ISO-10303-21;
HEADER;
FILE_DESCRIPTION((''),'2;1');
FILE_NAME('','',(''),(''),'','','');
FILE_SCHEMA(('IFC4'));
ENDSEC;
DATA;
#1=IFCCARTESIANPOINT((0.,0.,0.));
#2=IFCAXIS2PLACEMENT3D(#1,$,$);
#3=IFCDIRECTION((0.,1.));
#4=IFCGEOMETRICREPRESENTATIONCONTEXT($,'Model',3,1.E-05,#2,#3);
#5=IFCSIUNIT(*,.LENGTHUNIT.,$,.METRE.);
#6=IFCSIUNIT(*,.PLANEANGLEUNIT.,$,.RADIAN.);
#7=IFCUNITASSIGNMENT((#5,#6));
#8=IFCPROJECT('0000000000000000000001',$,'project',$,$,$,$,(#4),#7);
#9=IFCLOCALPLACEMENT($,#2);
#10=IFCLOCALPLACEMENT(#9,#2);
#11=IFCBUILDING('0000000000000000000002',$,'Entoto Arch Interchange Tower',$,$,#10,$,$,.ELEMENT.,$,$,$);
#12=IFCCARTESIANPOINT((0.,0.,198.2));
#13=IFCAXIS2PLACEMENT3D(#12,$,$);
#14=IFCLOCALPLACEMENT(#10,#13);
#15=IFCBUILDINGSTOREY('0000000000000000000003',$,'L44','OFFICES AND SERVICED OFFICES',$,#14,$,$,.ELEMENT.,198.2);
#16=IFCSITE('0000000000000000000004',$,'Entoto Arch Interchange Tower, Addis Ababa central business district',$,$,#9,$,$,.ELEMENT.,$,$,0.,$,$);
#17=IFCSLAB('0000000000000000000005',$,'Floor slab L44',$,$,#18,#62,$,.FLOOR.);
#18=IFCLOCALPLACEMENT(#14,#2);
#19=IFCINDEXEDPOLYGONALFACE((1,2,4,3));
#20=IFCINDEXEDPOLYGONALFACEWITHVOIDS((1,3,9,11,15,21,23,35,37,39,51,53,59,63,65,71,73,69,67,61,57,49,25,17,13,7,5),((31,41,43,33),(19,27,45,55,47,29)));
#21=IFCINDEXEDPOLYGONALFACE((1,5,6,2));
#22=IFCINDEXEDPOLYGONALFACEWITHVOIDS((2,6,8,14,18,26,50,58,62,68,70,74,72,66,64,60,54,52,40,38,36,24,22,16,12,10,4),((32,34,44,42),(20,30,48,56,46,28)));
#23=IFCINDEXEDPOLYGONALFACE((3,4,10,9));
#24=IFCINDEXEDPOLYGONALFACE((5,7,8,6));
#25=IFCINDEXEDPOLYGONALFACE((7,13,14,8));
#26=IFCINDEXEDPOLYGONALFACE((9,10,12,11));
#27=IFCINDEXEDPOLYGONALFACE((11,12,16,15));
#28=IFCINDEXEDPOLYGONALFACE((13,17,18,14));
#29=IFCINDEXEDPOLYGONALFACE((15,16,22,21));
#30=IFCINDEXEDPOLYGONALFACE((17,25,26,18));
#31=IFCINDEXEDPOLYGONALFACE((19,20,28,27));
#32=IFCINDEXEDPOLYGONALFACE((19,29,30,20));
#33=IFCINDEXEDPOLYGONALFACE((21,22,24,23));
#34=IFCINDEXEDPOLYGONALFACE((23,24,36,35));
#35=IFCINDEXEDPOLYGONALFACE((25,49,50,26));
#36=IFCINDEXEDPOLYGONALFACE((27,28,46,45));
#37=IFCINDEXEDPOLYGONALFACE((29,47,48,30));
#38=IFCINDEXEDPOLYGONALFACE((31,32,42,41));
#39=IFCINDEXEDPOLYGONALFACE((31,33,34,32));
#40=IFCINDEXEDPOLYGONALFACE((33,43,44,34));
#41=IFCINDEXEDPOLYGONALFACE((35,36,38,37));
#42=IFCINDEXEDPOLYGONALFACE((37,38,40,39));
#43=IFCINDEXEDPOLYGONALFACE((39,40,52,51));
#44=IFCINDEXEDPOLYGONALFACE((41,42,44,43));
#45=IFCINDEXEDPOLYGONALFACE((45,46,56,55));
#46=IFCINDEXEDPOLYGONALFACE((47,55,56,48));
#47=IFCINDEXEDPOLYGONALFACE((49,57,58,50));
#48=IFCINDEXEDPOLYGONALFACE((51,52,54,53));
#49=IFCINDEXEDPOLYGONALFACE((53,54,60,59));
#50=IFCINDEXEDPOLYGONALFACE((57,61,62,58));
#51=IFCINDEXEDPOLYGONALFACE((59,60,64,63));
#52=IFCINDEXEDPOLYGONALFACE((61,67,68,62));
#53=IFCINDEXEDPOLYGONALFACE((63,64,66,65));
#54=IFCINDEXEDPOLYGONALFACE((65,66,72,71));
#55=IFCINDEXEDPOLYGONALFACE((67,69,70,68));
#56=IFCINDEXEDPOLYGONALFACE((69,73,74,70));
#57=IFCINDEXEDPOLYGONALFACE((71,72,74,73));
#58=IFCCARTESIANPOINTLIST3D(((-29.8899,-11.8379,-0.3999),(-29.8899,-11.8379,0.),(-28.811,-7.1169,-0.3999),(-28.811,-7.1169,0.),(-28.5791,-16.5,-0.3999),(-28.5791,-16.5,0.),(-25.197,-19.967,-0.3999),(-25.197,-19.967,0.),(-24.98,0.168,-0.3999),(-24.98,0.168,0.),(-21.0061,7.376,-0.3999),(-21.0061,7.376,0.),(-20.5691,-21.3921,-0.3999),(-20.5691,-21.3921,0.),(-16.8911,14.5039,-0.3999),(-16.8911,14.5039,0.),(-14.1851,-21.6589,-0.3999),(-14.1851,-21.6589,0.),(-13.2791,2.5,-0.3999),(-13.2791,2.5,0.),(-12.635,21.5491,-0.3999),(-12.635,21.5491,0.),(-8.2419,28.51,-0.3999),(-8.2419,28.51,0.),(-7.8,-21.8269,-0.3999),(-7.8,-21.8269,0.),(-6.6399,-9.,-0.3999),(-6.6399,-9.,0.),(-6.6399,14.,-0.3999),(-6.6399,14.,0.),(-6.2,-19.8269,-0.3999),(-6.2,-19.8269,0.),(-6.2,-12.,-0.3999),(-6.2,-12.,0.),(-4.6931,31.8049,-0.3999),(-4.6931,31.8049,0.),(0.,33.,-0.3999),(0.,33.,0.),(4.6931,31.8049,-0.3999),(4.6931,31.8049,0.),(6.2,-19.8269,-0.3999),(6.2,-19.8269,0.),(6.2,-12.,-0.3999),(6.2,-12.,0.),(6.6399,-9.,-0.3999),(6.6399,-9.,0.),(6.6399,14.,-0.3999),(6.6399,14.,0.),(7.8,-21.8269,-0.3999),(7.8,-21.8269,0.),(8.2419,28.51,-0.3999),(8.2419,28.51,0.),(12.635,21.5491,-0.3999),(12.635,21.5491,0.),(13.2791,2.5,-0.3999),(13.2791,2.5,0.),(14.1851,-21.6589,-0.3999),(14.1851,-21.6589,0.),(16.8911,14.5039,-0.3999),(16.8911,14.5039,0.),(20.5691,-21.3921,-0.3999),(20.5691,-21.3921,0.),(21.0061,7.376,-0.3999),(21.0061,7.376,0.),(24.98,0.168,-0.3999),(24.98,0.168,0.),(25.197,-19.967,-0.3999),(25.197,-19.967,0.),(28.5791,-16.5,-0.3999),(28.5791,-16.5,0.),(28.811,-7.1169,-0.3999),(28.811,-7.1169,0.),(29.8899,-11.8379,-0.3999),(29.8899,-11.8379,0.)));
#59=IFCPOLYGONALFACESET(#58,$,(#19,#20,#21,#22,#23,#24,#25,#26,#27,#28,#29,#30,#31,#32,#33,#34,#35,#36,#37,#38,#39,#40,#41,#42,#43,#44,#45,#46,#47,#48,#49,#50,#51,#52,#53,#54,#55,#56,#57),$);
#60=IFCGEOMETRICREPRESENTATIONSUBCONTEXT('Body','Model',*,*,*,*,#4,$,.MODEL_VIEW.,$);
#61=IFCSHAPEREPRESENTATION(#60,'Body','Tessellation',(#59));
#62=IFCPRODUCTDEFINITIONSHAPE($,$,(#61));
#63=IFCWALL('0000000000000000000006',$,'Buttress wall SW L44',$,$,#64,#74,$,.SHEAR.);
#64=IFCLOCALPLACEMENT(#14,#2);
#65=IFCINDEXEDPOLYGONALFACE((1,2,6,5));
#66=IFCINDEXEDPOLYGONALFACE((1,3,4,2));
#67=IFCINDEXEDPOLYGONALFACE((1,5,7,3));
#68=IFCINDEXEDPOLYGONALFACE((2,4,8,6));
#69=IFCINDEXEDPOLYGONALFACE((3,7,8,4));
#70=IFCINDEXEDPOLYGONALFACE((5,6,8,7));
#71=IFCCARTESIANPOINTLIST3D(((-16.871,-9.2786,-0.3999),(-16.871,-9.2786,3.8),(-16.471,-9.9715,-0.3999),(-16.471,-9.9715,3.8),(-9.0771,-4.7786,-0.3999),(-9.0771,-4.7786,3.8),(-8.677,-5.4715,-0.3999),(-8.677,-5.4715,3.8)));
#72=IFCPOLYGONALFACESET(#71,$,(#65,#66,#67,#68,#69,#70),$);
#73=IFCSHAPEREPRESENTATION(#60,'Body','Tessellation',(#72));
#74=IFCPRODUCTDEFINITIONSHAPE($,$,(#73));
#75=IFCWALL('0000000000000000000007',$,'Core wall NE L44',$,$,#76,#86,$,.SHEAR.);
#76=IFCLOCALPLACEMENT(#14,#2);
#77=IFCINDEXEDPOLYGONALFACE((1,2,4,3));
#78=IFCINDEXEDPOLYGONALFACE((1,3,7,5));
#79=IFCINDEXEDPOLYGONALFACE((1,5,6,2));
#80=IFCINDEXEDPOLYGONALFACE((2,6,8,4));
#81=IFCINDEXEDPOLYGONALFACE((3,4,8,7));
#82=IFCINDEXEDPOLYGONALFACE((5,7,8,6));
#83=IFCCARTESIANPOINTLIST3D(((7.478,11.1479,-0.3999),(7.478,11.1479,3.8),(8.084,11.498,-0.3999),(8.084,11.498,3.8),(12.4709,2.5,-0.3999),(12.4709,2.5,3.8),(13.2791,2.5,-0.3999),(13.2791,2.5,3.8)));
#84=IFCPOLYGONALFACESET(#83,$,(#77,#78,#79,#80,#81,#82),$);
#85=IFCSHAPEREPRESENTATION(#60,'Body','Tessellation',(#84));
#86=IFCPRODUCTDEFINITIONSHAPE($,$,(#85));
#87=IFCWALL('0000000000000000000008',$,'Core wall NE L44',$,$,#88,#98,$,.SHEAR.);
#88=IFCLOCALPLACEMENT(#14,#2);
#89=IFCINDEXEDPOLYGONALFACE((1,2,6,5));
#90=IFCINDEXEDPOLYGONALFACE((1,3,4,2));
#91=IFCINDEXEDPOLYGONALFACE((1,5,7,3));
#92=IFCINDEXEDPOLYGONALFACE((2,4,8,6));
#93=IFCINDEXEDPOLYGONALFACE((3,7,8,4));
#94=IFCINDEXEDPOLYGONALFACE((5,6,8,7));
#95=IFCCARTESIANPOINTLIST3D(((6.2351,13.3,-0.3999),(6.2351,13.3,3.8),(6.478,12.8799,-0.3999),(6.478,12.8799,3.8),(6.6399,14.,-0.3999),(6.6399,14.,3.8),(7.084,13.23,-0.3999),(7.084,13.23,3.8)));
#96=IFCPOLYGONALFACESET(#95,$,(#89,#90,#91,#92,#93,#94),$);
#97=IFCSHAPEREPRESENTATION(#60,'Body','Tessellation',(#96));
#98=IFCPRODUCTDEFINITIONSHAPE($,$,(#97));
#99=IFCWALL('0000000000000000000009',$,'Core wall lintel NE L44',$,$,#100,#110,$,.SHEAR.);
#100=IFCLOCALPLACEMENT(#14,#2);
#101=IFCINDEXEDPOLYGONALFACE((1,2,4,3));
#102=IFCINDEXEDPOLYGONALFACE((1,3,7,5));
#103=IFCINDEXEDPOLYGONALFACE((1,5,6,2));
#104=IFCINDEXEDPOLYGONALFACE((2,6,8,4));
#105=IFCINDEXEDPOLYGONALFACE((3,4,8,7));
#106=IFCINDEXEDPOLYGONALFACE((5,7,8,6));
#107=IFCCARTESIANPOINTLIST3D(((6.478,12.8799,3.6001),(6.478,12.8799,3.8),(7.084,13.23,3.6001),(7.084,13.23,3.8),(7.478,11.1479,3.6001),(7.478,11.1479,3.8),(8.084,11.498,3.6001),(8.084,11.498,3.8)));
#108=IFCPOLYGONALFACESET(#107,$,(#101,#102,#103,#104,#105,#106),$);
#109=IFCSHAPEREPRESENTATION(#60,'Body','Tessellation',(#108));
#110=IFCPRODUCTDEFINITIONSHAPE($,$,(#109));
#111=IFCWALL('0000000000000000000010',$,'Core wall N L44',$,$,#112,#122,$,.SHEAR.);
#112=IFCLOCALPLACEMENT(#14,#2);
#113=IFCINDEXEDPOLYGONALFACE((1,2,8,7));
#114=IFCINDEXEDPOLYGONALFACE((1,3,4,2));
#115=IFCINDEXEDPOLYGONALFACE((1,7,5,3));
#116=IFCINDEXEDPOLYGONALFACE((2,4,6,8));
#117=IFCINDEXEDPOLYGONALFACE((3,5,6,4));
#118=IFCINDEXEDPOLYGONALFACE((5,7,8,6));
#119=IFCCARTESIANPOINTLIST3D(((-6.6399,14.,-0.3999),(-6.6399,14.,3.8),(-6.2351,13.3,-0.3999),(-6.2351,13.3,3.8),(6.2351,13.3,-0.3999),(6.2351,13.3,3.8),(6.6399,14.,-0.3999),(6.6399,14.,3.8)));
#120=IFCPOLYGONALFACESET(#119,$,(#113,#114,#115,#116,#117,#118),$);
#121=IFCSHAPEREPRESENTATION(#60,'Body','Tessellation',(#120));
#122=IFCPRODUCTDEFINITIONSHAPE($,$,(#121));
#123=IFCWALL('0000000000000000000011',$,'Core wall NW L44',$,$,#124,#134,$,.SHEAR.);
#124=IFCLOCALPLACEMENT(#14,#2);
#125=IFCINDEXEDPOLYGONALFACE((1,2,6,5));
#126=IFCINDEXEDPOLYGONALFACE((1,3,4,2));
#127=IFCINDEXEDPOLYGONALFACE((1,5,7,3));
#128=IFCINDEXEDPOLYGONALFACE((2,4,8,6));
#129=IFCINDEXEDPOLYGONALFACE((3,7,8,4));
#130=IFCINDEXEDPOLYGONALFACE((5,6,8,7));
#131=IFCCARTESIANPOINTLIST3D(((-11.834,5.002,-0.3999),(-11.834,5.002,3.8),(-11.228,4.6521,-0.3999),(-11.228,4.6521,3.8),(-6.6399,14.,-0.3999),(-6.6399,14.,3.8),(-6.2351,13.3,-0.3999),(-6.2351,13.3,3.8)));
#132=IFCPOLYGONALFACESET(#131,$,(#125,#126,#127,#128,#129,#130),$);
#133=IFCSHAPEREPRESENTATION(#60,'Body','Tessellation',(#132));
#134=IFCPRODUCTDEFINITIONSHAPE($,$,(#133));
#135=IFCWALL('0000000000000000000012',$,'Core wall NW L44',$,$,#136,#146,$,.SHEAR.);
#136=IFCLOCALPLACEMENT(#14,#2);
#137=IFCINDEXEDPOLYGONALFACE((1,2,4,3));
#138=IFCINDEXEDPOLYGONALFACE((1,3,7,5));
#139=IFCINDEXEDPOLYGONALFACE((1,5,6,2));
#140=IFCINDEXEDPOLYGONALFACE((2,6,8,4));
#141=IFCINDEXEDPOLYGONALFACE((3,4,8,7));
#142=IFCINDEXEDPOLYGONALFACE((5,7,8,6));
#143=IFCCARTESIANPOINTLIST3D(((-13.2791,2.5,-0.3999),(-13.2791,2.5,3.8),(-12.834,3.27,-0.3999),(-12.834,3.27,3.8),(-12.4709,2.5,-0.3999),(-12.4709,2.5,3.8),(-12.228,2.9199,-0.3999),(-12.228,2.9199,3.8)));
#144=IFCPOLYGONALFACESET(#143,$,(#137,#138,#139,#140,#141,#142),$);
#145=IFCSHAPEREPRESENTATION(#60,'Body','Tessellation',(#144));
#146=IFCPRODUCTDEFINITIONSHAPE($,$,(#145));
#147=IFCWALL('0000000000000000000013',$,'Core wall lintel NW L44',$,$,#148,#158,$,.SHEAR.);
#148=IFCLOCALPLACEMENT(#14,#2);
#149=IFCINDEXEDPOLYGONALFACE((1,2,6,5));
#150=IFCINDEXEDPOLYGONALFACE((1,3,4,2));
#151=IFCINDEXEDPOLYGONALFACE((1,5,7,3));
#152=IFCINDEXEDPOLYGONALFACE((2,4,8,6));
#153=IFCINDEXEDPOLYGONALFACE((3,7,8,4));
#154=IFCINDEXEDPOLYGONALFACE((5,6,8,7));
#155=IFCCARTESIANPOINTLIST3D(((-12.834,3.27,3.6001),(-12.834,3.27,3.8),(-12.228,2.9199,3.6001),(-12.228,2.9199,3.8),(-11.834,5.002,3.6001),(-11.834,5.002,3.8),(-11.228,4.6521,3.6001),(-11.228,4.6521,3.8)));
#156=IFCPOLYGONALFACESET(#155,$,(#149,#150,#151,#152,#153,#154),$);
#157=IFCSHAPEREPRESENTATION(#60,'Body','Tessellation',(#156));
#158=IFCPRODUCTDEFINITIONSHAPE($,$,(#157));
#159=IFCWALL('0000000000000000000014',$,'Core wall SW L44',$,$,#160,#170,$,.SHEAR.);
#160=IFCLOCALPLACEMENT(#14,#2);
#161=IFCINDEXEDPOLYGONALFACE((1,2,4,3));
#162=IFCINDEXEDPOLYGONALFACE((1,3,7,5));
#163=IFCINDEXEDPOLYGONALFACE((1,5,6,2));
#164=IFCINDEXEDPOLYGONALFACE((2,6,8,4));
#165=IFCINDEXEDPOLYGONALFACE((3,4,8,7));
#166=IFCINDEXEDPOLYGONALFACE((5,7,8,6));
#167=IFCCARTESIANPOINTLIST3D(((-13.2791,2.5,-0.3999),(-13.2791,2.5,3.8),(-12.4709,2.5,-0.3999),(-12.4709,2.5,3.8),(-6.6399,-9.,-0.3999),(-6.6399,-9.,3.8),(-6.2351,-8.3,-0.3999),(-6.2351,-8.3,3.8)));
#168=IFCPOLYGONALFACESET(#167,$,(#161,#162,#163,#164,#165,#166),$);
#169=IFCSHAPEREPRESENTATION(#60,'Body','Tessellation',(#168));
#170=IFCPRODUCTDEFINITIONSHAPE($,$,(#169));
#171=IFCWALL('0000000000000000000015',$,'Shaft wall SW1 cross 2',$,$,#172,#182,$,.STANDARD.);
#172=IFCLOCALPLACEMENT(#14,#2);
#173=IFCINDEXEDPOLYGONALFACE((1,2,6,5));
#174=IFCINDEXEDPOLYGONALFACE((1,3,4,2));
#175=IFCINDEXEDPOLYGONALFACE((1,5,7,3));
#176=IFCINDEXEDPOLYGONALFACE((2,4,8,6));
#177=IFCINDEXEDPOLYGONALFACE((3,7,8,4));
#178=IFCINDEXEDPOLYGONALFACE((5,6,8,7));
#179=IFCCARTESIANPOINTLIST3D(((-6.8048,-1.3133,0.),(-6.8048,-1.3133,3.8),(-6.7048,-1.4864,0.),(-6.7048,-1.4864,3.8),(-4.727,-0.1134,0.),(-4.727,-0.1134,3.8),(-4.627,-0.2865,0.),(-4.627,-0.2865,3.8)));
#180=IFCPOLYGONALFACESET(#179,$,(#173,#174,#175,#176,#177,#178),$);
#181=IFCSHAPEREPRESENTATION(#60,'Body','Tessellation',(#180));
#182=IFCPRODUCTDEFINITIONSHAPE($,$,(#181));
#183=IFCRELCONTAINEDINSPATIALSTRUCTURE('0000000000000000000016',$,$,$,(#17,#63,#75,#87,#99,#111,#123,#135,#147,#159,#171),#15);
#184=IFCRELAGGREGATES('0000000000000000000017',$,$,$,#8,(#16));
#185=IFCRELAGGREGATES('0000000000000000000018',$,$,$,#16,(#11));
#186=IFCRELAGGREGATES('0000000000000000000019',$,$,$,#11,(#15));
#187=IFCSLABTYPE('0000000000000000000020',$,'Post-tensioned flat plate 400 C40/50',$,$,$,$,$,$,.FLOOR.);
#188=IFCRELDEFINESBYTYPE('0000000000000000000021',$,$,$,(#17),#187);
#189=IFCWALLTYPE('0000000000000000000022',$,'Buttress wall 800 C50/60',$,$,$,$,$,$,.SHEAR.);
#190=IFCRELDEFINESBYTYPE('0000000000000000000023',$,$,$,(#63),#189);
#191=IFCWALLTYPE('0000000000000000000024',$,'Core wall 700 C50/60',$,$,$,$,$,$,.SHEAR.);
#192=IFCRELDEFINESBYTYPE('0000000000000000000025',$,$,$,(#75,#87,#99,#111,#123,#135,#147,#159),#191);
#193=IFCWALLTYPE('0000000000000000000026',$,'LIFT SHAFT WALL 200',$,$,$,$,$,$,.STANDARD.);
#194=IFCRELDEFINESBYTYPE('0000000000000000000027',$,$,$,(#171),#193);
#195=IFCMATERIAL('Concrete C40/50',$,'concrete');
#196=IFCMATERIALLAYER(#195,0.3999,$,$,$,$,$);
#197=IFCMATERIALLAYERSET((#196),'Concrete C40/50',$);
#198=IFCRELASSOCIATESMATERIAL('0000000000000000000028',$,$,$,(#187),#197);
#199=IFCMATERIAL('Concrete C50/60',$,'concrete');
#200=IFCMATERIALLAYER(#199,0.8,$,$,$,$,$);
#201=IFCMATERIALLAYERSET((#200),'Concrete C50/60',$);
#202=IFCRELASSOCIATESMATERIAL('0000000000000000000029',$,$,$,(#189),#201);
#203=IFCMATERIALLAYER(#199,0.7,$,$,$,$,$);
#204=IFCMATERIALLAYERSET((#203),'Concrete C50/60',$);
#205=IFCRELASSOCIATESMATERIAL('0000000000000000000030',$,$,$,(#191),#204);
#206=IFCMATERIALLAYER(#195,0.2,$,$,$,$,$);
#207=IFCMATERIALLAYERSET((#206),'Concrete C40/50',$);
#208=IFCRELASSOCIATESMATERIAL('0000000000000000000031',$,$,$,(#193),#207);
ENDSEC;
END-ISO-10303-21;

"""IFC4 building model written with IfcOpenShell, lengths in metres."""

from ifc_helpers import new_model, si_unit, direction, frame, frame_2d, origin, place, context, subcontext, project, spatial, polyline, rectangle, outline, extrude, material, layer, layer_set, type_object, element, save


model = new_model("IFC4")

# Units and contexts
model_context = context("Model", 3, precision=1e-05, world=origin(), true_north=direction((0.0, 1.0)))
body_context = subcontext(model_context, "Body", "Model", "MODEL_VIEW")
ifc_project = project(units=[si_unit("LENGTHUNIT", "METRE"), si_unit("PLANEANGLEUNIT", "RADIAN")], contexts=[model_context])

# Site, building, storey
site_placement = place(None, origin())
site = spatial("IfcSite", under=ifc_project, at=site_placement, Name="Entoto Arch Interchange Tower, Addis Ababa central business district", CompositionType="ELEMENT", RefElevation=0.0)
building_placement = place(site_placement, origin())
building = spatial("IfcBuilding", under=site, at=building_placement, Name="Entoto Arch Interchange Tower", CompositionType="ELEMENT")
storey_placement = place(building_placement, frame((0.0, 0.0, 198.2)))
storey = spatial("IfcBuildingStorey", under=building, at=storey_placement, Name="L44", Description="OFFICES AND SERVICED OFFICES", CompositionType="ELEMENT", Elevation=198.2)

# Slab
ifc_material_1 = material(Name="Concrete C40/50", Category="concrete")
ifc_layer_1 = layer(ifc_material_1, 0.3999)
ifc_layer_set_1 = layer_set([ifc_layer_1], Name="Concrete C40/50")
slab_type = type_object("IfcSlabType", Name="Post-tensioned flat plate 400 C40/50", PredefinedType="FLOOR", material=ifc_layer_set_1)
slab_placement = place(storey_placement, frame((0.0, 0.0, -0.3999)))
element("IfcSlab", 1, at=slab_placement, inside=storey, type_object=slab_type, Name="Floor slab L44", PredefinedType="FLOOR", context=body_context, shape_type="SweptSolid", body=[
    extrude(outline(polyline([(-20.5691, -21.3921), (-14.1851, -21.6589), (-7.8, -21.8269), (7.8, -21.8269), (14.1851, -21.6589), (20.5691, -21.3921), (25.197, -19.967), (28.5791, -16.5), (29.8899, -11.8379), (28.811, -7.1169), (24.98, 0.168), (21.0061, 7.376), (16.8911, 14.5039), (12.635, 21.5491), (8.2419, 28.51), (4.6931, 31.8049), (0.0, 33.0), (-4.6931, 31.8049), (-8.2419, 28.51), (-12.635, 21.5491), (-16.8911, 14.5039), (-21.0061, 7.376), (-24.98, 0.168), (-28.811, -7.1169), (-29.8899, -11.8379), (-28.5791, -16.5), (-25.197, -19.967), (-20.5691, -21.3921)]), holes=[polyline([(6.2, -19.8269), (6.2, -12.0), (-6.2, -12.0), (-6.2, -19.8269), (6.2, -19.8269)]), polyline([(13.2791, 2.5), (6.6399, 14.0), (-6.6399, 14.0), (-13.2791, 2.5), (-6.6399, -9.0), (6.6399, -9.0), (13.2791, 2.5)])]), origin(), (0.0, 0.0, 1.0), 0.3999),
])

# Walls
ifc_material_2 = material(Name="Concrete C50/60", Category="concrete")
ifc_layer_2 = layer(ifc_material_2, 0.8)
ifc_layer_set_2 = layer_set([ifc_layer_2], Name="Concrete C50/60")
wall_type_1 = type_object("IfcWallType", Name="Buttress wall 800 C50/60", PredefinedType="SHEAR", material=ifc_layer_set_2)
wall_1_placement = place(storey_placement, frame((-8.877, -5.125, -0.3999), z_axis=(0.0, 0.0, 1.0), x_axis=(-0.866018, -0.500014, 0.0)))
element("IfcWall", 2, at=wall_1_placement, inside=storey, type_object=wall_type_1, Name="Buttress wall SW L44", PredefinedType="SHEAR", context=body_context, shape_type="SweptSolid", body=[
    extrude(rectangle(XDim=8.9998, YDim=0.8, at=frame_2d((4.5, 0.0))), origin(), (0.0, 0.0, 1.0), 4.2),
])
ifc_layer_3 = layer(ifc_material_2, 0.7)
ifc_layer_set_3 = layer_set([ifc_layer_3], Name="Concrete C50/60")
wall_type_2 = type_object("IfcWallType", Name="Core wall 700 C50/60", PredefinedType="SHEAR", material=ifc_layer_set_3)
wall_2_placement = place(storey_placement, frame((0.0, 0.0, -0.3999)))
element("IfcWall", 3, at=wall_2_placement, inside=storey, type_object=wall_type_2, Name="Core wall NE L44", PredefinedType="SHEAR", context=body_context, shape_type="SweptSolid", body=[
    extrude(outline(polyline([(8.084, 11.498), (7.478, 11.1479), (12.4709, 2.5), (13.2791, 2.5), (8.084, 11.498)])), origin(), (0.0, 0.0, 1.0), 4.2),
])
wall_3_placement = place(storey_placement, frame((0.0, 0.0, -0.3999)))
element("IfcWall", 4, at=wall_3_placement, inside=storey, type_object=wall_type_2, Name="Core wall NE L44", PredefinedType="SHEAR", context=body_context, shape_type="SweptSolid", body=[
    extrude(outline(polyline([(6.478, 12.8799), (7.084, 13.23), (6.6399, 14.0), (6.2351, 13.3), (6.478, 12.8799)])), origin(), (0.0, 0.0, 1.0), 4.2),
])
wall_4_placement = place(storey_placement, frame((0.0, 0.0, 3.6001)))
element("IfcWall", 5, at=wall_4_placement, inside=storey, type_object=wall_type_2, Name="Core wall lintel NE L44", PredefinedType="SHEAR", context=body_context, shape_type="SweptSolid", body=[
    extrude(outline(polyline([(7.084, 13.23), (6.478, 12.8799), (7.478, 11.1479), (8.084, 11.498), (7.084, 13.23)])), origin(), (0.0, 0.0, 1.0), 0.2),
])
wall_5_placement = place(storey_placement, frame((0.0, 0.0, -0.3999)))
element("IfcWall", 6, at=wall_5_placement, inside=storey, type_object=wall_type_2, Name="Core wall N L44", PredefinedType="SHEAR", context=body_context, shape_type="SweptSolid", body=[
    extrude(outline(polyline([(6.6399, 14.0), (-6.6399, 14.0), (-6.2351, 13.3), (6.2351, 13.3), (6.6399, 14.0)])), origin(), (0.0, 0.0, 1.0), 4.2),
])
wall_6_placement = place(storey_placement, frame((0.0, 0.0, -0.3999)))
element("IfcWall", 7, at=wall_6_placement, inside=storey, type_object=wall_type_2, Name="Core wall NW L44", PredefinedType="SHEAR", context=body_context, shape_type="SweptSolid", body=[
    extrude(outline(polyline([(-11.834, 5.002), (-11.228, 4.6521), (-6.2351, 13.3), (-6.6399, 14.0), (-11.834, 5.002)])), origin(), (0.0, 0.0, 1.0), 4.2),
])
wall_7_placement = place(storey_placement, frame((0.0, 0.0, -0.3999)))
element("IfcWall", 8, at=wall_7_placement, inside=storey, type_object=wall_type_2, Name="Core wall NW L44", PredefinedType="SHEAR", context=body_context, shape_type="SweptSolid", body=[
    extrude(outline(polyline([(-12.228, 2.9199), (-12.834, 3.27), (-13.2791, 2.5), (-12.4709, 2.5), (-12.228, 2.9199)])), origin(), (0.0, 0.0, 1.0), 4.2),
])
wall_8_placement = place(storey_placement, frame((0.0, 0.0, 3.6001)))
element("IfcWall", 9, at=wall_8_placement, inside=storey, type_object=wall_type_2, Name="Core wall lintel NW L44", PredefinedType="SHEAR", context=body_context, shape_type="SweptSolid", body=[
    extrude(outline(polyline([(-12.834, 3.27), (-12.228, 2.9199), (-11.228, 4.6521), (-11.834, 5.002), (-12.834, 3.27)])), origin(), (0.0, 0.0, 1.0), 0.2),
])
wall_9_placement = place(storey_placement, frame((0.0, 0.0, -0.3999)))
element("IfcWall", 10, at=wall_9_placement, inside=storey, type_object=wall_type_2, Name="Core wall SW L44", PredefinedType="SHEAR", context=body_context, shape_type="SweptSolid", body=[
    extrude(outline(polyline([(-13.2791, 2.5), (-6.6399, -9.0), (-6.2351, -8.3), (-12.4709, 2.5), (-13.2791, 2.5)])), origin(), (0.0, 0.0, 1.0), 4.2),
])
ifc_layer_4 = layer(ifc_material_1, 0.2)
ifc_layer_set_4 = layer_set([ifc_layer_4], Name="Concrete C40/50")
wall_type_3 = type_object("IfcWallType", Name="LIFT SHAFT WALL 200", PredefinedType="STANDARD", material=ifc_layer_set_4)
wall_10_placement = place(storey_placement, frame((-4.677, -0.2, 0.0), z_axis=(0.0, 0.0, 1.0), x_axis=(-0.865974, -0.500089, 0.0)))
element("IfcWall", 11, at=wall_10_placement, inside=storey, type_object=wall_type_3, Name="Shaft wall SW1 cross 2", PredefinedType="STANDARD", context=body_context, shape_type="SweptSolid", body=[
    extrude(rectangle(XDim=2.3994, YDim=0.2, at=frame_2d((1.1997, 0.0))), origin(), (0.0, 0.0, 1.0), 3.8),
])

save(model, "model.ifc")
